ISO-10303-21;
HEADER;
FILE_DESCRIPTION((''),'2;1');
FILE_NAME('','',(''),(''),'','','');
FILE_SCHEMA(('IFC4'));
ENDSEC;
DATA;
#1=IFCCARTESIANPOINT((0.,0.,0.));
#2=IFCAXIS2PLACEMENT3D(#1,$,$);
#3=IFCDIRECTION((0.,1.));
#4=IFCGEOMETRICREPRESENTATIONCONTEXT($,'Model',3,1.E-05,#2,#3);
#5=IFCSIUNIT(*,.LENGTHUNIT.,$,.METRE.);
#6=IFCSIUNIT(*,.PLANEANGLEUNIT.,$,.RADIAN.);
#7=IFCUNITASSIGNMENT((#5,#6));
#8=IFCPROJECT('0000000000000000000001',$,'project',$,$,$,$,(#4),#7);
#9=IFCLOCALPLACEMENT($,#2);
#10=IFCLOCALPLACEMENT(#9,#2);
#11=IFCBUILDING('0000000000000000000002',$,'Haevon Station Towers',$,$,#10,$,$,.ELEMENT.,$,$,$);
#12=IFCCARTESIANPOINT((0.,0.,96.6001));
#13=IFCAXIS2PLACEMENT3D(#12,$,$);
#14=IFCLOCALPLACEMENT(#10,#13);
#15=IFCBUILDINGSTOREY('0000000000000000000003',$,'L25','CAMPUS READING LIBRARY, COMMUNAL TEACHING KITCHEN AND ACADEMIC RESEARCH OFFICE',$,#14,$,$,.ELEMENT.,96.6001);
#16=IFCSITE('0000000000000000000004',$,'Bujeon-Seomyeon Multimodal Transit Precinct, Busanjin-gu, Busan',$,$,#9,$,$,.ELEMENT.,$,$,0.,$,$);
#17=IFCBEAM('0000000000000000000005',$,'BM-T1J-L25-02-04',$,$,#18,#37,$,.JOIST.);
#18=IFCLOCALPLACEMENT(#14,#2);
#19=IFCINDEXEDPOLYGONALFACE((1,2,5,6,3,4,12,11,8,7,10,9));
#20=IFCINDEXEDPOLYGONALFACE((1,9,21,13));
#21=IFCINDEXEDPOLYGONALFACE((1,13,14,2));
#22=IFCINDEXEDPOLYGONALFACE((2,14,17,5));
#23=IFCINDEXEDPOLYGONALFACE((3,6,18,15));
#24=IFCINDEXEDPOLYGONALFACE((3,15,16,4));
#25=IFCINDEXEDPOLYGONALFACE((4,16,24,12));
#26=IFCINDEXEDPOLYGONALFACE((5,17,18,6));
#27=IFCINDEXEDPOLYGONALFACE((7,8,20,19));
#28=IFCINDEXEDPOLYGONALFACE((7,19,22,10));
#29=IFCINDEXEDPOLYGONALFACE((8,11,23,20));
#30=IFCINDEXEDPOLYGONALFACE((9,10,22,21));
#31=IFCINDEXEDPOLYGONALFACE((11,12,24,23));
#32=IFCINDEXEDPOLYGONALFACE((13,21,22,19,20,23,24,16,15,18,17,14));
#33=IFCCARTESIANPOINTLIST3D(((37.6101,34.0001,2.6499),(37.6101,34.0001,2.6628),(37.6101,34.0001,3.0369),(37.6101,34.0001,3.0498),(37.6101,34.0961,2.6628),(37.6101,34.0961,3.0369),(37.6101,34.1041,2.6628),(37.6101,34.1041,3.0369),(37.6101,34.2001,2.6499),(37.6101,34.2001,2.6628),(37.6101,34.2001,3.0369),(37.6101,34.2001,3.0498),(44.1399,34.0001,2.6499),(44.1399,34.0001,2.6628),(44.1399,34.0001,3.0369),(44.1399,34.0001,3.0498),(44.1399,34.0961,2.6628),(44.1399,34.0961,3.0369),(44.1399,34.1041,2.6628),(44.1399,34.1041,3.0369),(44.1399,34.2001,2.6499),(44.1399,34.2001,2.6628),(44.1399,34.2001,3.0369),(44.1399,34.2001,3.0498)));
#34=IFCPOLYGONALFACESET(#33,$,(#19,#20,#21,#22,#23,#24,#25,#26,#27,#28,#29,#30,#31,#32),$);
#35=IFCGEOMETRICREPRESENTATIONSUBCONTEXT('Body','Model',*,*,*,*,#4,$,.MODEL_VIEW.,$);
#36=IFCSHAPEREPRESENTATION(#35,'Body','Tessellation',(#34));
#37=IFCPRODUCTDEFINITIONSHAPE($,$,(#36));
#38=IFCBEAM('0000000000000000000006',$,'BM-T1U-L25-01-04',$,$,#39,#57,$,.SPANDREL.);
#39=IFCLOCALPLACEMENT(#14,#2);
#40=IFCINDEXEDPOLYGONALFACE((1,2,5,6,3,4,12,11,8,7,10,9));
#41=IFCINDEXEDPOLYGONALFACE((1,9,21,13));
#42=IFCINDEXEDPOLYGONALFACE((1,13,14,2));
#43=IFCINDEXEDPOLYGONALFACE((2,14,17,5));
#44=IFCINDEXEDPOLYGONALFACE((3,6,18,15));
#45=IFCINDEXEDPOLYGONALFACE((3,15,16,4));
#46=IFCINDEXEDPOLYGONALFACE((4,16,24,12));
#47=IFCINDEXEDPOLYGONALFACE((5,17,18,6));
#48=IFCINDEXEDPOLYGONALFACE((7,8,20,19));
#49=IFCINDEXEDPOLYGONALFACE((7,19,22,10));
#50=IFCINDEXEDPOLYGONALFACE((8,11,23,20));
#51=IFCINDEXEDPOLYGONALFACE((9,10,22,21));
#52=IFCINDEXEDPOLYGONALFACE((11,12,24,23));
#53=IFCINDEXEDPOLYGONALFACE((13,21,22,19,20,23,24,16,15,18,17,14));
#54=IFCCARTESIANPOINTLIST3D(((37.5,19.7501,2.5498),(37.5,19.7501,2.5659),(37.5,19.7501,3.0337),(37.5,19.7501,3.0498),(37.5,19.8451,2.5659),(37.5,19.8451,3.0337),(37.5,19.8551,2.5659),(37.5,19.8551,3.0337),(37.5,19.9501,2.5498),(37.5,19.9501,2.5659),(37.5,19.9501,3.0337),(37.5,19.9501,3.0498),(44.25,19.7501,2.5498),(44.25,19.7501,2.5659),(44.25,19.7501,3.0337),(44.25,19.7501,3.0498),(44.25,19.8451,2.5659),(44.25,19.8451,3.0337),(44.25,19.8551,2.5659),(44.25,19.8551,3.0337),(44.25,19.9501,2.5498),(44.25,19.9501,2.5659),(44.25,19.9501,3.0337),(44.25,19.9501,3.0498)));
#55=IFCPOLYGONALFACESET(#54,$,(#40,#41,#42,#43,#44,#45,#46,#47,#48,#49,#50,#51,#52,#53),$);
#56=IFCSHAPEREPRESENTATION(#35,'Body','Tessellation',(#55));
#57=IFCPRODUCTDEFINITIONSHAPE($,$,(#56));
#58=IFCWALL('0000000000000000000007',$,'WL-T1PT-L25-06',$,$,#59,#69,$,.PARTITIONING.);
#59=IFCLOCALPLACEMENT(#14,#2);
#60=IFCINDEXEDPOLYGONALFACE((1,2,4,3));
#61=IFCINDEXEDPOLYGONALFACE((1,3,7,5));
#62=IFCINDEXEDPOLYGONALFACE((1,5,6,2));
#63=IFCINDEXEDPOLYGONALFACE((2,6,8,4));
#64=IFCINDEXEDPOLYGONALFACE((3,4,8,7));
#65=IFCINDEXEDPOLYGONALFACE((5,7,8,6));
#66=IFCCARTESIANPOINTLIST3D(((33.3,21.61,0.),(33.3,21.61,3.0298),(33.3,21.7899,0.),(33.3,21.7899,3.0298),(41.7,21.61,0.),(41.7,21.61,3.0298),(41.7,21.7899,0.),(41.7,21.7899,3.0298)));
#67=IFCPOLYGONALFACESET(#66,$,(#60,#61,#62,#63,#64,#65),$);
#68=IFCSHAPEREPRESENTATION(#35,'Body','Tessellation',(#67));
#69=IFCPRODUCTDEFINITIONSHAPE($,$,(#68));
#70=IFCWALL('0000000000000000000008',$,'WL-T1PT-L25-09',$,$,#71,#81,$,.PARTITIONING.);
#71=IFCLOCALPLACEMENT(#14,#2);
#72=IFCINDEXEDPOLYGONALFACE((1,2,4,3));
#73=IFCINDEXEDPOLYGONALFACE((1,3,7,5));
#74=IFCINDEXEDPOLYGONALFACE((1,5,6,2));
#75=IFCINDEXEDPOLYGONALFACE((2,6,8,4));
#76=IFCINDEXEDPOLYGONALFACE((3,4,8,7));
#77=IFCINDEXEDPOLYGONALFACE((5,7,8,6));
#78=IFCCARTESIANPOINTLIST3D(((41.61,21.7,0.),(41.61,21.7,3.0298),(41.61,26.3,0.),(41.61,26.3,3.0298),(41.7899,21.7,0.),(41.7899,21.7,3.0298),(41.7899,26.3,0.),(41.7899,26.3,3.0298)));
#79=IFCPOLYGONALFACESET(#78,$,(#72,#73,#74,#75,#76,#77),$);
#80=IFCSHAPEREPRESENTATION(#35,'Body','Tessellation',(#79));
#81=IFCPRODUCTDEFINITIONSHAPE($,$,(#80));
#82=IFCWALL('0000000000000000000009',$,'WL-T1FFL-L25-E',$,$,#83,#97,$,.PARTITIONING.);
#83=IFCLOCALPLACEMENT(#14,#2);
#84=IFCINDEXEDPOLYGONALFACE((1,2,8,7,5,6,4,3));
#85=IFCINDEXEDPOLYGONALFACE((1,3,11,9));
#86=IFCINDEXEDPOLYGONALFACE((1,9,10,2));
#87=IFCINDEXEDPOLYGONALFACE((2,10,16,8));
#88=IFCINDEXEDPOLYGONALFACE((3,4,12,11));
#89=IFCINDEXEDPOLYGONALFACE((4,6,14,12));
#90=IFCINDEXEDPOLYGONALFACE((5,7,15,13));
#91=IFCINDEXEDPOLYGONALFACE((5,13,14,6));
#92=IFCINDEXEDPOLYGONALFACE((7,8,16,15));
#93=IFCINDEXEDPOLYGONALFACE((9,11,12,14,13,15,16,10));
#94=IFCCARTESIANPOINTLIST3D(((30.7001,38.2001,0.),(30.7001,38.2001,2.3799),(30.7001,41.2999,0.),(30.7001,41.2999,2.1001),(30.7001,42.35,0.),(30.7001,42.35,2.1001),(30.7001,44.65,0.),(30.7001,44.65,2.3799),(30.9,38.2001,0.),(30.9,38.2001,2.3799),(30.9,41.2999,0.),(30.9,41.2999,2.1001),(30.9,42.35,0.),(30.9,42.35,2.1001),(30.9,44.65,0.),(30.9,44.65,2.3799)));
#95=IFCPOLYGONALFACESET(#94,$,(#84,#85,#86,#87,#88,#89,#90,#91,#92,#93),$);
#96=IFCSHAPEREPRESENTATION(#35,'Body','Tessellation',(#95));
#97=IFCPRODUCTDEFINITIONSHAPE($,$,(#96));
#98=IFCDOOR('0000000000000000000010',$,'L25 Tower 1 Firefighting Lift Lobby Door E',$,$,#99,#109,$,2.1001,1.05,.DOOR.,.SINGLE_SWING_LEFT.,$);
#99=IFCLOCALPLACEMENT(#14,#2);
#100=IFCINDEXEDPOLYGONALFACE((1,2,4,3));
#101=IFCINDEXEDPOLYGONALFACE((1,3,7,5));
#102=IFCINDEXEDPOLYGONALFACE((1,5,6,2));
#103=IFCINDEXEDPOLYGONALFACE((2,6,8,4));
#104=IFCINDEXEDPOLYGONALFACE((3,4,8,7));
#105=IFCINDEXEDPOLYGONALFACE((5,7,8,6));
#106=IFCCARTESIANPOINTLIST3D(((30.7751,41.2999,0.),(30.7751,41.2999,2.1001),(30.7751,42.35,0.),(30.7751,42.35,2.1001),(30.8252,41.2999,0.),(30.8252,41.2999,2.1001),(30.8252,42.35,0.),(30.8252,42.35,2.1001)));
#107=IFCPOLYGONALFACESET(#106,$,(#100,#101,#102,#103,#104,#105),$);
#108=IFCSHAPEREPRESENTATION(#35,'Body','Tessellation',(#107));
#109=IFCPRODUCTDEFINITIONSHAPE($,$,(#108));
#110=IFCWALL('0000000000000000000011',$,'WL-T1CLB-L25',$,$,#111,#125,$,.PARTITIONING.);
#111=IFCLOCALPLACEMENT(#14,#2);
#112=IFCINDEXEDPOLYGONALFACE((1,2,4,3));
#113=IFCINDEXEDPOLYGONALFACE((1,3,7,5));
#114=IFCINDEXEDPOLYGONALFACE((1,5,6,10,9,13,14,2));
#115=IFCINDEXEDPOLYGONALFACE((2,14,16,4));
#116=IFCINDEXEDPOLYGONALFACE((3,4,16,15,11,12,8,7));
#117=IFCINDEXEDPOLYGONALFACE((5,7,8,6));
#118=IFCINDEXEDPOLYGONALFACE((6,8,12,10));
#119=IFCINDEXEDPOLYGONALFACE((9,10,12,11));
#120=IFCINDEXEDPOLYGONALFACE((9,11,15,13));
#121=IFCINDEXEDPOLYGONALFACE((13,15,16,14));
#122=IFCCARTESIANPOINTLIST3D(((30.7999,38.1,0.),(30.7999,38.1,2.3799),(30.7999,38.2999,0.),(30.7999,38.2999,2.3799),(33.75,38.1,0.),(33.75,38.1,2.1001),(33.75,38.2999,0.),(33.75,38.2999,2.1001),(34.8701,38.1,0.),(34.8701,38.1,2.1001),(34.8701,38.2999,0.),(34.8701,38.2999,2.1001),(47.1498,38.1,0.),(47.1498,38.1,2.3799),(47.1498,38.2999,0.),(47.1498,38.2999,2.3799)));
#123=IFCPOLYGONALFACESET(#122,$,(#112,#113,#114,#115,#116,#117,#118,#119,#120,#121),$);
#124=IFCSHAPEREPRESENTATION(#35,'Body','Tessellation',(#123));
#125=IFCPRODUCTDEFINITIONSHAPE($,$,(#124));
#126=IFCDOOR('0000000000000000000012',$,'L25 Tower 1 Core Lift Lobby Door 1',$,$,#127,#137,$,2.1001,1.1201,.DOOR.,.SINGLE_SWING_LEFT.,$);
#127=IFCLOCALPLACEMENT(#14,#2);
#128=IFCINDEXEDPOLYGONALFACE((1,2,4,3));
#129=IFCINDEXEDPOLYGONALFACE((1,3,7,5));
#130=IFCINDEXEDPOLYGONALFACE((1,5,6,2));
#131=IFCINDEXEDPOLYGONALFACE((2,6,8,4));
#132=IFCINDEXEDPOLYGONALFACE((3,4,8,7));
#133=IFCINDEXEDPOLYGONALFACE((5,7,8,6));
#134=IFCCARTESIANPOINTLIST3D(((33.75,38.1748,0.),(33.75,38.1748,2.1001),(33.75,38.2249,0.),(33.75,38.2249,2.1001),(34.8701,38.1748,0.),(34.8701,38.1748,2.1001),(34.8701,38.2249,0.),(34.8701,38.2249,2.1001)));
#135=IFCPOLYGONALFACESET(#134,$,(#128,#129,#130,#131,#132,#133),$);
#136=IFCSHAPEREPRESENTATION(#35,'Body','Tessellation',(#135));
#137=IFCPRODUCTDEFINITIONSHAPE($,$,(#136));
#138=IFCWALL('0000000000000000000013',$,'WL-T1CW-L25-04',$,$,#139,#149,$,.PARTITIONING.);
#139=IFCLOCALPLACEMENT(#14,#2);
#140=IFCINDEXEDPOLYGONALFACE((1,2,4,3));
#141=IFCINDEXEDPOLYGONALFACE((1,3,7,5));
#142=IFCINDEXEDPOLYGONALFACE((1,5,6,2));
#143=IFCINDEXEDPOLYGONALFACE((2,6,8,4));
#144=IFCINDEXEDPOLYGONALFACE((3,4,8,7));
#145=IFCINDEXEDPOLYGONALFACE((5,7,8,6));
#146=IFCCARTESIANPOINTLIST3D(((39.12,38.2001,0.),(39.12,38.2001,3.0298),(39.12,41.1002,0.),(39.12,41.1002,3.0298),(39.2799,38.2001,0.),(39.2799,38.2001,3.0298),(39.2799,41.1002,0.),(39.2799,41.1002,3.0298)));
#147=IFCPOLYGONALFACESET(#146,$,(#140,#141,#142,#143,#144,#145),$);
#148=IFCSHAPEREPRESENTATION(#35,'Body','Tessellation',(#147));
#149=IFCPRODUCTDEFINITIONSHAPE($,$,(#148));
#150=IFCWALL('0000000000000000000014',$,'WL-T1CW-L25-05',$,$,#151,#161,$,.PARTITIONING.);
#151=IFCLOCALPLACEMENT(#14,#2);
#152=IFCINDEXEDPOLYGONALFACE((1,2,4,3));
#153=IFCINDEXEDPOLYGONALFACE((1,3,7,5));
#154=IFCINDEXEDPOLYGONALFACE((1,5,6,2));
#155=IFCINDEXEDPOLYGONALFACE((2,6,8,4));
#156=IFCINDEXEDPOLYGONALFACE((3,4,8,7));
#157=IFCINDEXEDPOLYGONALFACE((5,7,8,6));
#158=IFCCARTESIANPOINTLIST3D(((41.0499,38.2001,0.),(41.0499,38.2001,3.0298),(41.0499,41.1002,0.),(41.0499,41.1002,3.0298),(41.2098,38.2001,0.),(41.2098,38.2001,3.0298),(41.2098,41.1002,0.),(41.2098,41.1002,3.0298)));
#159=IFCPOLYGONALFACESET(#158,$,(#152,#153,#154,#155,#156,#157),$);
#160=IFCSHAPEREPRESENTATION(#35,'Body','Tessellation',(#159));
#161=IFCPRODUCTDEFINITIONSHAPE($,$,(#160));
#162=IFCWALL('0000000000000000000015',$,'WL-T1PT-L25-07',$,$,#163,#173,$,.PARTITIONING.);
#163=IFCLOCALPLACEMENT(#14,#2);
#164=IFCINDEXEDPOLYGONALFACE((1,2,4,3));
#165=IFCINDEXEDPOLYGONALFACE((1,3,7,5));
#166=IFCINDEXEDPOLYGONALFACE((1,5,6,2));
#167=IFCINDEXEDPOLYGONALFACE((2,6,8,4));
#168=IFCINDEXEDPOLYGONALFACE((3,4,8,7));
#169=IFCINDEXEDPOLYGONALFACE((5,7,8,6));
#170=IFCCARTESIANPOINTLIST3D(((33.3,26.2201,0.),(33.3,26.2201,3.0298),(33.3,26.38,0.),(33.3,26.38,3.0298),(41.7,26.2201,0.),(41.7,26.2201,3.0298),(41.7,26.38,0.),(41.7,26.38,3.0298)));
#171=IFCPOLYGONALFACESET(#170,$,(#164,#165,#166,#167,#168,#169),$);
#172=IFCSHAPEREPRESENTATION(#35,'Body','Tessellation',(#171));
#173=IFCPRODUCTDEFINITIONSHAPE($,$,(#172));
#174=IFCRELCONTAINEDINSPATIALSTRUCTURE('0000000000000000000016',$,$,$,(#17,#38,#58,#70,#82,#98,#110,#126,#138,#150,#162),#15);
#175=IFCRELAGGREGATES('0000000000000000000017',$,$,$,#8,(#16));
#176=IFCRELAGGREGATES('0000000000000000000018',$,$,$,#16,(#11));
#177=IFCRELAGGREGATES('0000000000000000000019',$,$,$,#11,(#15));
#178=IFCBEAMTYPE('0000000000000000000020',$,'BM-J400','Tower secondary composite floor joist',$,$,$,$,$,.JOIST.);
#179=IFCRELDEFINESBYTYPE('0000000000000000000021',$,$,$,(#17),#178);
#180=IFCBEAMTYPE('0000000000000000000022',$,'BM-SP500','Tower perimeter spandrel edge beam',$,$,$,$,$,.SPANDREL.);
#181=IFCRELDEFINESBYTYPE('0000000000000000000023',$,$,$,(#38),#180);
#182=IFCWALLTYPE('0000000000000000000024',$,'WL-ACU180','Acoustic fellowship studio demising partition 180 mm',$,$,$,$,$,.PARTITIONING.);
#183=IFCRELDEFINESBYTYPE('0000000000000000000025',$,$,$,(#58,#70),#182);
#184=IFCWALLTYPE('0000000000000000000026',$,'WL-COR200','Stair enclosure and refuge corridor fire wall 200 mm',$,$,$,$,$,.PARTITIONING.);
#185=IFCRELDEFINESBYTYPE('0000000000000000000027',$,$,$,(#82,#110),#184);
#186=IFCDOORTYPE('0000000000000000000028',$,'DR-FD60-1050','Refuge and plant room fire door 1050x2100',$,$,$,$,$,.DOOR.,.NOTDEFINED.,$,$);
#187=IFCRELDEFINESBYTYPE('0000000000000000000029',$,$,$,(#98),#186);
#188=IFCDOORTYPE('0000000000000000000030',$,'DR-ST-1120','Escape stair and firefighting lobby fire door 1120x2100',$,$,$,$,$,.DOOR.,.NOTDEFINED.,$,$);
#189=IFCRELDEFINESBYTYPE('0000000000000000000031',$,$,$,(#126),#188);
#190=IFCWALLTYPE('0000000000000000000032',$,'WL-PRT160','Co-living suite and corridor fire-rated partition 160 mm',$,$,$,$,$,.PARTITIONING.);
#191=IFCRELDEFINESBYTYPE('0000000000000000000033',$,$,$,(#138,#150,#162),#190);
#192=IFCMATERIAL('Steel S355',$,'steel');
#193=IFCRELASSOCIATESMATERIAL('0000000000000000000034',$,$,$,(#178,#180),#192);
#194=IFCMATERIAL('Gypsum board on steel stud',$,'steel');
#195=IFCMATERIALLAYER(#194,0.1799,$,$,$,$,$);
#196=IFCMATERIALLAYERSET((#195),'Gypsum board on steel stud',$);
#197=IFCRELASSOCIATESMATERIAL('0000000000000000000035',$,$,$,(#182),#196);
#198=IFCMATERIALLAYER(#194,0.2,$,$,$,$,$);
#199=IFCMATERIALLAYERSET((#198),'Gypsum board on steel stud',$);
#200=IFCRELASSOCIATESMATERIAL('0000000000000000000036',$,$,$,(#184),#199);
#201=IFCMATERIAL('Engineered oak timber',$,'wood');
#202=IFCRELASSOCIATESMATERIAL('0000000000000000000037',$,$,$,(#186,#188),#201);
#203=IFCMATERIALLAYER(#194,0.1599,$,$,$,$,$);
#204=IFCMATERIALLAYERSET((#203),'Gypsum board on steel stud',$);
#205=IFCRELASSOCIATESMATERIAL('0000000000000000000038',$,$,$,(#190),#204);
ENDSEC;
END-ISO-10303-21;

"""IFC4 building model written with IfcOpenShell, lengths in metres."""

from ifc_helpers import new_model, si_unit, direction, frame, frame_2d, origin, origin_2d, place, context, subcontext, project, spatial, rectangle, i_section, extrude, material, layer, layer_set, material_profile, profile_set, type_object, element, fill, save


model = new_model("IFC4")

# Units and contexts
model_context = context("Model", 3, precision=1e-05, world=origin(), true_north=direction((0.0, 1.0)))
body_context = subcontext(model_context, "Body", "Model", "MODEL_VIEW")
ifc_project = project(units=[si_unit("LENGTHUNIT", "METRE"), si_unit("PLANEANGLEUNIT", "RADIAN")], contexts=[model_context])

# Site, building, storey
site_placement = place(None, origin())
site = spatial("IfcSite", under=ifc_project, at=site_placement, Name="Bujeon-Seomyeon Multimodal Transit Precinct, Busanjin-gu, Busan", CompositionType="ELEMENT", RefElevation=0.0)
building_placement = place(site_placement, origin())
building = spatial("IfcBuilding", under=site, at=building_placement, Name="Haevon Station Towers", CompositionType="ELEMENT")
storey_placement = place(building_placement, frame((0.0, 0.0, 96.6001)))
storey = spatial("IfcBuildingStorey", under=building, at=storey_placement, Name="L25", Description="CAMPUS READING LIBRARY, COMMUNAL TEACHING KITCHEN AND ACADEMIC RESEARCH OFFICE", CompositionType="ELEMENT", Elevation=96.6001)

# Beams
ifc_material_1 = material(Name="Steel S355", Category="steel")
ifc_material_profile_1 = material_profile(ifc_material_1, i_section(OverallWidth=0.2, OverallDepth=0.3999, WebThickness=0.0081, FlangeThickness=0.0129, at=origin_2d()), Name="H-400x200x8x13")
ifc_profile_set_1 = profile_set([ifc_material_profile_1], Name="Steel S355")
beam_type_1 = type_object("IfcBeamType", Name="BM-J400", Description="Tower secondary composite floor joist", PredefinedType="JOIST", material=ifc_profile_set_1)
for number, where, z_axis, x_axis, name in (
    (1, (37.6101, 34.1001, 2.8499), (1.0, 0.0, 0.0), (0.0, 1.0, 0.0), "BM-T1J-L25-02-04"),
):
    element("IfcBeam", number, at=place(storey_placement, frame(where, z_axis=z_axis, x_axis=x_axis)), inside=storey, type_object=beam_type_1, Name=name, PredefinedType="JOIST", context=body_context, shape_type="SweptSolid", body=[
        extrude(i_section(OverallWidth=0.2, OverallDepth=0.3999, WebThickness=0.0081, FlangeThickness=0.0129, at=origin_2d()), origin(), (0.0, 0.0, 1.0), 6.5298),
    ])
ifc_material_profile_2 = material_profile(ifc_material_1, i_section(OverallWidth=0.2, OverallDepth=0.5, WebThickness=0.01, FlangeThickness=0.0161, at=origin_2d()), Name="H-500x200x10x16")
ifc_profile_set_2 = profile_set([ifc_material_profile_2], Name="Steel S355")
beam_type_2 = type_object("IfcBeamType", Name="BM-SP500", Description="Tower perimeter spandrel edge beam", PredefinedType="SPANDREL", material=ifc_profile_set_2)
beam_1_placement = place(storey_placement, frame((37.5, 19.8501, 2.7998), z_axis=(1.0, 0.0, 0.0), x_axis=(0.0, 1.0, 0.0)))
element("IfcBeam", 2, at=beam_1_placement, inside=storey, type_object=beam_type_2, Name="BM-T1U-L25-01-04", PredefinedType="SPANDREL", context=body_context, shape_type="SweptSolid", body=[
    extrude(i_section(OverallWidth=0.2, OverallDepth=0.5, WebThickness=0.01, FlangeThickness=0.0161, at=origin_2d()), origin(), (0.0, 0.0, 1.0), 6.75),
])

# Walls
ifc_material_2 = material(Name="Gypsum board on steel stud", Category="steel")
ifc_layer_1 = layer(ifc_material_2, 0.1799)
ifc_layer_set_1 = layer_set([ifc_layer_1], Name="Gypsum board on steel stud")
wall_type_1 = type_object("IfcWallType", Name="WL-ACU180", Description="Acoustic fellowship studio demising partition 180 mm", PredefinedType="PARTITIONING", material=ifc_layer_set_1)
wall_1_placement = place(storey_placement, frame((33.3, 21.7, 0.0), z_axis=(0.0, 0.0, 1.0), x_axis=(1.0, 0.0, 0.0)))
element("IfcWall", 3, at=wall_1_placement, inside=storey, type_object=wall_type_1, Name="WL-T1PT-L25-06", PredefinedType="PARTITIONING", context=body_context, shape_type="SweptSolid", body=[
    extrude(rectangle(XDim=8.3999, YDim=0.1799, at=frame_2d((4.2, 0.0))), origin(), (0.0, 0.0, 1.0), 3.0298),
])
wall_2_placement = place(storey_placement, frame((41.7, 21.7, 0.0), z_axis=(0.0, 0.0, 1.0), x_axis=(0.0, 1.0, 0.0)))
element("IfcWall", 4, at=wall_2_placement, inside=storey, type_object=wall_type_1, Name="WL-T1PT-L25-09", PredefinedType="PARTITIONING", context=body_context, shape_type="SweptSolid", body=[
    extrude(rectangle(XDim=4.6001, YDim=0.1799, at=frame_2d((2.3, 0.0))), origin(), (0.0, 0.0, 1.0), 3.0298),
])

# Walls, openings, doors
ifc_layer_2 = layer(ifc_material_2, 0.2)
ifc_layer_set_2 = layer_set([ifc_layer_2], Name="Gypsum board on steel stud")
wall_type_2 = type_object("IfcWallType", Name="WL-COR200", Description="Stair enclosure and refuge corridor fire wall 200 mm", PredefinedType="PARTITIONING", material=ifc_layer_set_2)
wall_3_placement = place(storey_placement, frame((30.8, 38.2, 0.0), z_axis=(0.0, 0.0, 1.0), x_axis=(0.0, 1.0, 0.0)))
wall_3 = element("IfcWall", 5, at=wall_3_placement, inside=storey, type_object=wall_type_2, Name="WL-T1FFL-L25-E", PredefinedType="PARTITIONING", context=body_context, shape_type="SweptSolid", body=[
    extrude(rectangle(XDim=6.45, YDim=0.2, at=frame_2d((3.2251, 0.0))), origin(), (0.0, 0.0, 1.0), 2.3799),
])
opening_1_placement = place(wall_3_placement, frame((3.1001, 0.0, 0.0)))
opening_1 = element("IfcOpeningElement", 6, at=opening_1_placement, cuts=wall_3, PredefinedType="OPENING", context=body_context, shape_type="SweptSolid", body=[
    extrude(rectangle(XDim=1.05, YDim=2.1001, at=frame_2d((0.5249, 1.05))), frame((0.0, 0.1099, 0.0), z_axis=(0.0, -1.0, 0.0), x_axis=(1.0, 0.0, 0.0)), (0.0, 0.0, 1.0), 0.22),
])
ifc_material_3 = material(Name="Engineered oak timber", Category="wood")
door_type_1 = type_object("IfcDoorType", Name="DR-FD60-1050", Description="Refuge and plant room fire door 1050x2100", OperationType="NOTDEFINED", PredefinedType="DOOR", material=ifc_material_3)
door_1_placement = place(opening_1_placement, origin())
door_1 = element("IfcDoor", 7, at=door_1_placement, inside=storey, type_object=door_type_1, Name="L25 Tower 1 Firefighting Lift Lobby Door E", OperationType="SINGLE_SWING_LEFT", OverallHeight=2.1001, OverallWidth=1.05, PredefinedType="DOOR", context=body_context, shape_type="SweptSolid", body=[
    extrude(rectangle(XDim=1.05, YDim=2.1001, at=frame_2d((0.5249, 1.05))), frame((0.0, 0.0249, 0.0), z_axis=(0.0, -1.0, 0.0), x_axis=(1.0, 0.0, 0.0)), (0.0, 0.0, 1.0), 0.05),
])
fill(opening_1, door_1)
wall_4_placement = place(storey_placement, frame((30.8, 38.2, 0.0), z_axis=(0.0, 0.0, 1.0), x_axis=(1.0, 0.0, 0.0)))
wall_4 = element("IfcWall", 8, at=wall_4_placement, inside=storey, type_object=wall_type_2, Name="WL-T1CLB-L25", PredefinedType="PARTITIONING", context=body_context, shape_type="SweptSolid", body=[
    extrude(rectangle(XDim=16.3499, YDim=0.2, at=frame_2d((8.1748, 0.0))), origin(), (0.0, 0.0, 1.0), 2.3799),
])
opening_2_placement = place(wall_4_placement, frame((2.95, 0.0, 0.0)))
opening_2 = element("IfcOpeningElement", 9, at=opening_2_placement, cuts=wall_4, PredefinedType="OPENING", context=body_context, shape_type="SweptSolid", body=[
    extrude(rectangle(XDim=1.1201, YDim=2.1001, at=frame_2d((0.5601, 1.05))), frame((0.0, 0.1099, 0.0), z_axis=(0.0, -1.0, 0.0), x_axis=(1.0, 0.0, 0.0)), (0.0, 0.0, 1.0), 0.22),
])
door_type_2 = type_object("IfcDoorType", Name="DR-ST-1120", Description="Escape stair and firefighting lobby fire door 1120x2100", OperationType="NOTDEFINED", PredefinedType="DOOR", material=ifc_material_3)
door_2_placement = place(opening_2_placement, origin())
door_2 = element("IfcDoor", 10, at=door_2_placement, inside=storey, type_object=door_type_2, Name="L25 Tower 1 Core Lift Lobby Door 1", OperationType="SINGLE_SWING_LEFT", OverallHeight=2.1001, OverallWidth=1.1201, PredefinedType="DOOR", context=body_context, shape_type="SweptSolid", body=[
    extrude(rectangle(XDim=1.1201, YDim=2.1001, at=frame_2d((0.5601, 1.05))), frame((0.0, 0.0249, 0.0), z_axis=(0.0, -1.0, 0.0), x_axis=(1.0, 0.0, 0.0)), (0.0, 0.0, 1.0), 0.05),
])
fill(opening_2, door_2)

# Walls
ifc_layer_3 = layer(ifc_material_2, 0.1599)
ifc_layer_set_3 = layer_set([ifc_layer_3], Name="Gypsum board on steel stud")
wall_type_3 = type_object("IfcWallType", Name="WL-PRT160", Description="Co-living suite and corridor fire-rated partition 160 mm", PredefinedType="PARTITIONING", material=ifc_layer_set_3)
for number, where, z_axis, x_axis, name in (
    (11, (39.2, 38.2, 0.0), (0.0, 0.0, 1.0), (0.0, 1.0, 0.0), "WL-T1CW-L25-04"),
    (12, (41.1299, 38.2, 0.0), (0.0, 0.0, 1.0), (0.0, 1.0, 0.0), "WL-T1CW-L25-05"),
):
    element("IfcWall", number, at=place(storey_placement, frame(where, z_axis=z_axis, x_axis=x_axis)), inside=storey, type_object=wall_type_3, Name=name, PredefinedType="PARTITIONING", context=body_context, shape_type="SweptSolid", body=[
        extrude(rectangle(XDim=2.9001, YDim=0.1599, at=frame_2d((1.4502, 0.0))), origin(), (0.0, 0.0, 1.0), 3.0298),
    ])
wall_5_placement = place(storey_placement, frame((33.3, 26.3, 0.0), z_axis=(0.0, 0.0, 1.0), x_axis=(1.0, 0.0, 0.0)))
element("IfcWall", 13, at=wall_5_placement, inside=storey, type_object=wall_type_3, Name="WL-T1PT-L25-07", PredefinedType="PARTITIONING", context=body_context, shape_type="SweptSolid", body=[
    extrude(rectangle(XDim=8.3999, YDim=0.1599, at=frame_2d((4.2, 0.0))), origin(), (0.0, 0.0, 1.0), 3.0298),
])

save(model, "model.ifc")
